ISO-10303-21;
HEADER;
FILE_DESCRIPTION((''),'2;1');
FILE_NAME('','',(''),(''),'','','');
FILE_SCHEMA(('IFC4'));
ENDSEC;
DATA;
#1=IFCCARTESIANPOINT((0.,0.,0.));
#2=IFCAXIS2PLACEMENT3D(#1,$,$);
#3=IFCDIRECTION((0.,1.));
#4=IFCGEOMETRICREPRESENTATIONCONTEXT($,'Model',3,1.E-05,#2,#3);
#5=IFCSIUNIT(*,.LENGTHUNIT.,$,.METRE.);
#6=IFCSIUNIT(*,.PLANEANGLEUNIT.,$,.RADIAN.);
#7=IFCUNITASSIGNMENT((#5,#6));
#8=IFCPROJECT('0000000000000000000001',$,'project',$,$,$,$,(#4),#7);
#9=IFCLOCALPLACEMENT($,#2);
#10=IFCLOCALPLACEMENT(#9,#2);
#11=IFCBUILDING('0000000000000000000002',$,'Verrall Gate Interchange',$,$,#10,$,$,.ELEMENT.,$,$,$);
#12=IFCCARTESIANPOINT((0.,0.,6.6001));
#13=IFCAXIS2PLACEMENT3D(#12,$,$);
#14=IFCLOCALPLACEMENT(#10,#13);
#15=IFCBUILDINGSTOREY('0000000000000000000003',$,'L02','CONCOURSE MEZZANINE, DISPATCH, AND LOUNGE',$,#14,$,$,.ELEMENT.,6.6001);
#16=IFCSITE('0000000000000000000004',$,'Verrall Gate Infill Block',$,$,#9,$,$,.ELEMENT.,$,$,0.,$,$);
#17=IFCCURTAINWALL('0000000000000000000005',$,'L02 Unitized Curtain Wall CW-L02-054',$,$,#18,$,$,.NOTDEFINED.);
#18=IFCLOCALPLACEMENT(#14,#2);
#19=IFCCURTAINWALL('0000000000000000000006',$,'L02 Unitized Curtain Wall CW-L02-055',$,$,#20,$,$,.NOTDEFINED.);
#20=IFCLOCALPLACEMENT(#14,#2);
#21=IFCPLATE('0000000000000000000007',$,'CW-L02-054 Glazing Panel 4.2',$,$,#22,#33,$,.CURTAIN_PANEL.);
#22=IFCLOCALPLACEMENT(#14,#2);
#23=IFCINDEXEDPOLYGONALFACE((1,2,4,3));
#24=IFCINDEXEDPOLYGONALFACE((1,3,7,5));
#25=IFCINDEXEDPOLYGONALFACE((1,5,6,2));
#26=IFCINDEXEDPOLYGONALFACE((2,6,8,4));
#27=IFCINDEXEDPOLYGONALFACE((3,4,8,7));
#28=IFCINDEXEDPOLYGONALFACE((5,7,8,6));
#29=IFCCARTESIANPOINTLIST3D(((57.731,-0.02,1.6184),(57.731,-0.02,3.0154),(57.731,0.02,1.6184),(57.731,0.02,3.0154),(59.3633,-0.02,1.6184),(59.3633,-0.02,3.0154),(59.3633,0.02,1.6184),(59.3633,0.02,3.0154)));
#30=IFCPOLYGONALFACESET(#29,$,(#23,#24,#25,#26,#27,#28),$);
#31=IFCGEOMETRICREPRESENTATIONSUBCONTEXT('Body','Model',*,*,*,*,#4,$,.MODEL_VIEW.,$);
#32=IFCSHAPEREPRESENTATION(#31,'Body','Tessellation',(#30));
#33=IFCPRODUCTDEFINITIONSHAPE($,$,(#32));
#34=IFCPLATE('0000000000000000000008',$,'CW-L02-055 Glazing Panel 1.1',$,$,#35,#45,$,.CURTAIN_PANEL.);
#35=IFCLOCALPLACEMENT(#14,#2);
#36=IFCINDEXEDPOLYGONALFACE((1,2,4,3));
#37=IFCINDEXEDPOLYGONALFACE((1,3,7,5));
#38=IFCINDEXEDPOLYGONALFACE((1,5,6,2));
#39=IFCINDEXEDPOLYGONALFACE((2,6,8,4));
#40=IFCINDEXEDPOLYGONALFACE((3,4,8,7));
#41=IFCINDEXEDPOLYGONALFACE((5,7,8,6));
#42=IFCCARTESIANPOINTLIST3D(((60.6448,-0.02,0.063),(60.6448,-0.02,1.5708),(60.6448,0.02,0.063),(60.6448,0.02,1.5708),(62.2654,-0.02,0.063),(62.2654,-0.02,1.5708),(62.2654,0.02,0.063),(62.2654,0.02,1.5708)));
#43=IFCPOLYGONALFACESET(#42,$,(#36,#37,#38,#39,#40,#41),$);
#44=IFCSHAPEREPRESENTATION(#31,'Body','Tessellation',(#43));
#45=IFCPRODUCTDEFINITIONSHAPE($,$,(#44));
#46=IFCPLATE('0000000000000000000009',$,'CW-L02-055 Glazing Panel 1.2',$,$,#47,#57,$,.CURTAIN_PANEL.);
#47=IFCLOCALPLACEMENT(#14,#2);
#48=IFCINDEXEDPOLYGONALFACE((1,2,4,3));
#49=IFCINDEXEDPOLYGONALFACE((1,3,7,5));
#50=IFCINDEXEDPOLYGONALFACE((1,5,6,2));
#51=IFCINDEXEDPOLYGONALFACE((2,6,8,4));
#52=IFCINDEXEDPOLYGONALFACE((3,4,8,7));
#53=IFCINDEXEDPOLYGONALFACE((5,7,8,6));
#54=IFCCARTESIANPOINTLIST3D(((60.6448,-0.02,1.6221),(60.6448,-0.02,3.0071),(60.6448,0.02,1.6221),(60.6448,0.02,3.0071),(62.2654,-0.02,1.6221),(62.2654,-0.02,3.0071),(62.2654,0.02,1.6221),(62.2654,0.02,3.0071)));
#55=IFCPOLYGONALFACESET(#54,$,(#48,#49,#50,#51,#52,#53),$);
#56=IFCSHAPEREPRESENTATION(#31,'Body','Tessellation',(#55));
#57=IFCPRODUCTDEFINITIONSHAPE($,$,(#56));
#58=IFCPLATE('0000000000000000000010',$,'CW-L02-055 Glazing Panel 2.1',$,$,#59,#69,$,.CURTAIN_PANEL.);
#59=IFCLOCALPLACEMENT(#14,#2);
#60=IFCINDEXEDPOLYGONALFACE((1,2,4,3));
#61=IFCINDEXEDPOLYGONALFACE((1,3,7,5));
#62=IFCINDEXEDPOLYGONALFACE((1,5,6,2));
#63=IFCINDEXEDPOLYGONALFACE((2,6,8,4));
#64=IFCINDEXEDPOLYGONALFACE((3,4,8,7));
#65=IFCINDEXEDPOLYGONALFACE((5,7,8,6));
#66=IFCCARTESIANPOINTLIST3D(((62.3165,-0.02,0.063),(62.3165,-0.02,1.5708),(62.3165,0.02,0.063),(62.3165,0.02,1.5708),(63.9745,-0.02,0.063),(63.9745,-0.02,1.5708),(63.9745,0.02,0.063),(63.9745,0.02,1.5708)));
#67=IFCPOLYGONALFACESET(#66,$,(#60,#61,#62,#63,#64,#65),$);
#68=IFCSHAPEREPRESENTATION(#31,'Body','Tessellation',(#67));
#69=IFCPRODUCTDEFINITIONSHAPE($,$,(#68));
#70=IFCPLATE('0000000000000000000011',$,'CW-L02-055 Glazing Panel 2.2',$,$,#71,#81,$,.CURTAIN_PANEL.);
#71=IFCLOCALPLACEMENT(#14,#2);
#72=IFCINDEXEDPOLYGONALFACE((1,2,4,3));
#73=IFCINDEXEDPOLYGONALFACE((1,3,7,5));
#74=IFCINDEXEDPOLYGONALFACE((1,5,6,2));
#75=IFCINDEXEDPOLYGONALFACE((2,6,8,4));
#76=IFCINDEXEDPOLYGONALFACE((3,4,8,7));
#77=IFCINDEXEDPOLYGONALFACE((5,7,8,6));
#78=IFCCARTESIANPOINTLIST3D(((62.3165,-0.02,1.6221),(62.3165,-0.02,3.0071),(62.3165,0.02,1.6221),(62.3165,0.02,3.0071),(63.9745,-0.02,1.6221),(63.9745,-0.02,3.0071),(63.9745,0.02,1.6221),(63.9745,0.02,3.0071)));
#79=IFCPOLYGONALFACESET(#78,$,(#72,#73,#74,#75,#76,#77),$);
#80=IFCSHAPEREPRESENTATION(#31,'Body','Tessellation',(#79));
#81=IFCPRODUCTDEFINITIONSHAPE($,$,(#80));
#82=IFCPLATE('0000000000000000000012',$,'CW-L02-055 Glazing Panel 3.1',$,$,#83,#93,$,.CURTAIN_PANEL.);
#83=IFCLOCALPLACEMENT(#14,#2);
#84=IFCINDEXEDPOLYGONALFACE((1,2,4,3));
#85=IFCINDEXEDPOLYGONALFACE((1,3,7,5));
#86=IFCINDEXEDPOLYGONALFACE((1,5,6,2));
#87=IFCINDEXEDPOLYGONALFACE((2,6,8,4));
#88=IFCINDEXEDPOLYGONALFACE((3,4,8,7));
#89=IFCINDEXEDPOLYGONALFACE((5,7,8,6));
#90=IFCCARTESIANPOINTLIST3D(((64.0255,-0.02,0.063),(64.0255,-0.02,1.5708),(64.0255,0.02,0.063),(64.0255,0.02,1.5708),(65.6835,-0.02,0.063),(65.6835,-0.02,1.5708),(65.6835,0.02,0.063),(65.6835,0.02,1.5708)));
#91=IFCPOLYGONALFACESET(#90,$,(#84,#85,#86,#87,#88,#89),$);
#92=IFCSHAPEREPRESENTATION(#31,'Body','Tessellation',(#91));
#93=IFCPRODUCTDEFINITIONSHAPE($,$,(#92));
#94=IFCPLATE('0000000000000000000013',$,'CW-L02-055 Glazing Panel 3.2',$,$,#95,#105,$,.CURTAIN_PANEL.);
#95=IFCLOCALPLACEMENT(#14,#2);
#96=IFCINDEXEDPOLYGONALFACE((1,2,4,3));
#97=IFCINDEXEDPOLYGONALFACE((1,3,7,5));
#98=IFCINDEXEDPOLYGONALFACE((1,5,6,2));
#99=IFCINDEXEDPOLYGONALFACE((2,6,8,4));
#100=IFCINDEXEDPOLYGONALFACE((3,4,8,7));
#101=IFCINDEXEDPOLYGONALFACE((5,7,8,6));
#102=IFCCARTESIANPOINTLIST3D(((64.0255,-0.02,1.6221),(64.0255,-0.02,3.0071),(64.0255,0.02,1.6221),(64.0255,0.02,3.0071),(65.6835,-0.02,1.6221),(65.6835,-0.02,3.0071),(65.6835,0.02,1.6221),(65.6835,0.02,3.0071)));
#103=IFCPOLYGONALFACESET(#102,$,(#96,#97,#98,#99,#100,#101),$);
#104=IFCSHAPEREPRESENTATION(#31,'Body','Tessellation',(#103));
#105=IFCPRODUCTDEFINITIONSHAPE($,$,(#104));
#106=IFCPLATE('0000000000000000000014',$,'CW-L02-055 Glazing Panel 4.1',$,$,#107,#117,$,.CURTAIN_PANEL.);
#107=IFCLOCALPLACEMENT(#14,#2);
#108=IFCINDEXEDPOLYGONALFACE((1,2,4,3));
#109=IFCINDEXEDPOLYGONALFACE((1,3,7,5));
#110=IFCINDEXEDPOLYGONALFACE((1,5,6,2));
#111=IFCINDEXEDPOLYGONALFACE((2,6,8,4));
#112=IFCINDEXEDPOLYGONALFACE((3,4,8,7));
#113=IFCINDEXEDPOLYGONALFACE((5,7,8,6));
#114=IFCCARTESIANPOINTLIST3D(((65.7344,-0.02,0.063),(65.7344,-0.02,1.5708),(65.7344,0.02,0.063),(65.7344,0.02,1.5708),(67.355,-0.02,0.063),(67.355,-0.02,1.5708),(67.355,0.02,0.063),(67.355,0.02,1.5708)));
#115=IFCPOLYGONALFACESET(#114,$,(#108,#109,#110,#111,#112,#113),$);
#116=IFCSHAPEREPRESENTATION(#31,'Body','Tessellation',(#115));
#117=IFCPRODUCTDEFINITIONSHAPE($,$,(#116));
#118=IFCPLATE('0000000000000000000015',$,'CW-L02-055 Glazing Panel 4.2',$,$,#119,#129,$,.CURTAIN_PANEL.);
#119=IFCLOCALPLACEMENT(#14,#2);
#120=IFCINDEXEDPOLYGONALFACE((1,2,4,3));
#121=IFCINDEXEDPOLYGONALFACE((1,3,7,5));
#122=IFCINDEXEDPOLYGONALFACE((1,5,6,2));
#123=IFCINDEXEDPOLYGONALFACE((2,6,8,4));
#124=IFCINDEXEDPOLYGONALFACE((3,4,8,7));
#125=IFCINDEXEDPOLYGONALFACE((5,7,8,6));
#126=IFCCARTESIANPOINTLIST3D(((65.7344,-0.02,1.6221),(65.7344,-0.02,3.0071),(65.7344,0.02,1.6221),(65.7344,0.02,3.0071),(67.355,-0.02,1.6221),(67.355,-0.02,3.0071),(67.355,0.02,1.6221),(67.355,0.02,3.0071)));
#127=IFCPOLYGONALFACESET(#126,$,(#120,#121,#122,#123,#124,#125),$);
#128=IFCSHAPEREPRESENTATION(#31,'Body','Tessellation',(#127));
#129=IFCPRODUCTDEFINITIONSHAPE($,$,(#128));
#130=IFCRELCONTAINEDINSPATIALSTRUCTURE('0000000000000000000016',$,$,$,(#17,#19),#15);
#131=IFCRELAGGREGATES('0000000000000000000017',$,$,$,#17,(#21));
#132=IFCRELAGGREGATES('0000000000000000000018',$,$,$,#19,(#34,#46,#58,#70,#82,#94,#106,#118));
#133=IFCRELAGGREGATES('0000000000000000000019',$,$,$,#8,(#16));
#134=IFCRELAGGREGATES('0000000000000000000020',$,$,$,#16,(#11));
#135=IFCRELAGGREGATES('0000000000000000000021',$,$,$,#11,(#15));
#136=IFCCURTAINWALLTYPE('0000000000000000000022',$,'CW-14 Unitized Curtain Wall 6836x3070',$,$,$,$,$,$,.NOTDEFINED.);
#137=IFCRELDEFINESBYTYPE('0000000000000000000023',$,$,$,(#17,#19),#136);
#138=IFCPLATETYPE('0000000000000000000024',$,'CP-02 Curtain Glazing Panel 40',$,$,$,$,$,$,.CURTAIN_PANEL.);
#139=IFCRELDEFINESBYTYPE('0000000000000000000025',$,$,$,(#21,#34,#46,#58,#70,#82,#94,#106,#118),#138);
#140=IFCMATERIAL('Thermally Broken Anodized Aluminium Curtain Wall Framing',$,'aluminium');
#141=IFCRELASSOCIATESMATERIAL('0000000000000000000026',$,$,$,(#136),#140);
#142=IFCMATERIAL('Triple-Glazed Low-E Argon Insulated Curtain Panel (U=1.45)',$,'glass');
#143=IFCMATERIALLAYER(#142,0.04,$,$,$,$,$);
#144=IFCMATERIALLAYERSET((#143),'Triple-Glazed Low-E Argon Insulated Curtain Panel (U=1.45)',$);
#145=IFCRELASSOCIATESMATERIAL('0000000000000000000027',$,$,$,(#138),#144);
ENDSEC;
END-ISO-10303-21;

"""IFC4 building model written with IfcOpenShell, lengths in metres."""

from ifc_helpers import new_model, si_unit, direction, frame, origin, origin_2d, place, context, subcontext, project, spatial, rectangle, extrude, material, layer, layer_set, type_object, element, aggregate, save


model = new_model("IFC4")

# Units and contexts
model_context = context("Model", 3, precision=1e-05, world=origin(), true_north=direction((0.0, 1.0)))
body_context = subcontext(model_context, "Body", "Model", "MODEL_VIEW")
ifc_project = project(units=[si_unit("LENGTHUNIT", "METRE"), si_unit("PLANEANGLEUNIT", "RADIAN")], contexts=[model_context])

# Site, building, storey
site_placement = place(None, origin())
site = spatial("IfcSite", under=ifc_project, at=site_placement, Name="Verrall Gate Infill Block", CompositionType="ELEMENT", RefElevation=0.0)
building_placement = place(site_placement, origin())
building = spatial("IfcBuilding", under=site, at=building_placement, Name="Verrall Gate Interchange", CompositionType="ELEMENT")
storey_placement = place(building_placement, frame((0.0, 0.0, 6.6001)))
storey = spatial("IfcBuildingStorey", under=building, at=storey_placement, Name="L02", Description="CONCOURSE MEZZANINE, DISPATCH, AND LOUNGE", CompositionType="ELEMENT", Elevation=6.6001)

# Curtain walls
ifc_material_1 = material(Name="Thermally Broken Anodized Aluminium Curtain Wall Framing", Category="aluminium")
curtain_wall_type = type_object("IfcCurtainWallType", Name="CW-14 Unitized Curtain Wall 6836x3070", PredefinedType="NOTDEFINED", material=ifc_material_1)
curtain_wall_1_placement = place(storey_placement, origin())
curtain_wall_1 = element("IfcCurtainWall", 1, at=curtain_wall_1_placement, inside=storey, type_object=curtain_wall_type, Name="L02 Unitized Curtain Wall CW-L02-054", PredefinedType="NOTDEFINED")
curtain_wall_2_placement = place(storey_placement, origin())
curtain_wall_2 = element("IfcCurtainWall", 2, at=curtain_wall_2_placement, inside=storey, type_object=curtain_wall_type, Name="L02 Unitized Curtain Wall CW-L02-055", PredefinedType="NOTDEFINED")

# Plates
ifc_material_2 = material(Name="Triple-Glazed Low-E Argon Insulated Curtain Panel (U=1.45)", Category="glass")
ifc_layer_1 = layer(ifc_material_2, 0.04)
ifc_layer_set_1 = layer_set([ifc_layer_1], Name="Triple-Glazed Low-E Argon Insulated Curtain Panel (U=1.45)")
plate_type_1 = type_object("IfcPlateType", Name="CP-02 Curtain Glazing Panel 40", PredefinedType="CURTAIN_PANEL", material=ifc_layer_set_1)
plate_1_placement = place(storey_placement, frame((58.5471, 0.0, 1.6184), z_axis=(0.0, 0.0, 1.0), x_axis=(1.0, 0.0, 0.0)))
plate_1 = element("IfcPlate", 3, at=plate_1_placement, type_object=plate_type_1, Name="CW-L02-054 Glazing Panel 4.2", PredefinedType="CURTAIN_PANEL", context=body_context, shape_type="SweptSolid", body=[
    extrude(rectangle(XDim=1.6323, YDim=0.04, at=origin_2d()), origin(), (0.0, 0.0, 1.0), 1.397),
])
aggregate(curtain_wall_1, [plate_1])
plate_2_placement = place(storey_placement, frame((61.4551, 0.0, 0.063), z_axis=(0.0, 0.0, 1.0), x_axis=(1.0, 0.0, 0.0)))
plate_2 = element("IfcPlate", 4, at=plate_2_placement, type_object=plate_type_1, Name="CW-L02-055 Glazing Panel 1.1", PredefinedType="CURTAIN_PANEL", context=body_context, shape_type="SweptSolid", body=[
    extrude(rectangle(XDim=1.6206, YDim=0.04, at=origin_2d()), origin(), (0.0, 0.0, 1.0), 1.5078),
])
plate_3_placement = place(storey_placement, frame((61.4551, 0.0, 1.6221), z_axis=(0.0, 0.0, 1.0), x_axis=(1.0, 0.0, 0.0)))
plate_3 = element("IfcPlate", 5, at=plate_3_placement, type_object=plate_type_1, Name="CW-L02-055 Glazing Panel 1.2", PredefinedType="CURTAIN_PANEL", context=body_context, shape_type="SweptSolid", body=[
    extrude(rectangle(XDim=1.6206, YDim=0.04, at=origin_2d()), origin(), (0.0, 0.0, 1.0), 1.385),
])
plate_4_placement = place(storey_placement, frame((63.1455, 0.0, 0.063), z_axis=(0.0, 0.0, 1.0), x_axis=(1.0, 0.0, 0.0)))
plate_4 = element("IfcPlate", 6, at=plate_4_placement, type_object=plate_type_1, Name="CW-L02-055 Glazing Panel 2.1", PredefinedType="CURTAIN_PANEL", context=body_context, shape_type="SweptSolid", body=[
    extrude(rectangle(XDim=1.658, YDim=0.04, at=origin_2d()), origin(), (0.0, 0.0, 1.0), 1.5078),
])
plate_5_placement = place(storey_placement, frame((63.1455, 0.0, 1.6221), z_axis=(0.0, 0.0, 1.0), x_axis=(1.0, 0.0, 0.0)))
plate_5 = element("IfcPlate", 7, at=plate_5_placement, type_object=plate_type_1, Name="CW-L02-055 Glazing Panel 2.2", PredefinedType="CURTAIN_PANEL", context=body_context, shape_type="SweptSolid", body=[
    extrude(rectangle(XDim=1.658, YDim=0.04, at=origin_2d()), origin(), (0.0, 0.0, 1.0), 1.385),
])
plate_6_placement = place(storey_placement, frame((64.8545, 0.0, 0.063), z_axis=(0.0, 0.0, 1.0), x_axis=(1.0, 0.0, 0.0)))
plate_6 = element("IfcPlate", 8, at=plate_6_placement, type_object=plate_type_1, Name="CW-L02-055 Glazing Panel 3.1", PredefinedType="CURTAIN_PANEL", context=body_context, shape_type="SweptSolid", body=[
    extrude(rectangle(XDim=1.658, YDim=0.04, at=origin_2d()), origin(), (0.0, 0.0, 1.0), 1.5078),
])
plate_7_placement = place(storey_placement, frame((64.8545, 0.0, 1.6221), z_axis=(0.0, 0.0, 1.0), x_axis=(1.0, 0.0, 0.0)))
plate_7 = element("IfcPlate", 9, at=plate_7_placement, type_object=plate_type_1, Name="CW-L02-055 Glazing Panel 3.2", PredefinedType="CURTAIN_PANEL", context=body_context, shape_type="SweptSolid", body=[
    extrude(rectangle(XDim=1.658, YDim=0.04, at=origin_2d()), origin(), (0.0, 0.0, 1.0), 1.385),
])
plate_8_placement = place(storey_placement, frame((66.5447, 0.0, 0.063), z_axis=(0.0, 0.0, 1.0), x_axis=(1.0, 0.0, 0.0)))
plate_8 = element("IfcPlate", 10, at=plate_8_placement, type_object=plate_type_1, Name="CW-L02-055 Glazing Panel 4.1", PredefinedType="CURTAIN_PANEL", context=body_context, shape_type="SweptSolid", body=[
    extrude(rectangle(XDim=1.6206, YDim=0.04, at=origin_2d()), origin(), (0.0, 0.0, 1.0), 1.5078),
])
plate_9_placement = place(storey_placement, frame((66.5447, 0.0, 1.6221), z_axis=(0.0, 0.0, 1.0), x_axis=(1.0, 0.0, 0.0)))
plate_9 = element("IfcPlate", 11, at=plate_9_placement, type_object=plate_type_1, Name="CW-L02-055 Glazing Panel 4.2", PredefinedType="CURTAIN_PANEL", context=body_context, shape_type="SweptSolid", body=[
    extrude(rectangle(XDim=1.6206, YDim=0.04, at=origin_2d()), origin(), (0.0, 0.0, 1.0), 1.385),
])
aggregate(curtain_wall_2, [plate_2, plate_3, plate_4, plate_5, plate_6, plate_7, plate_8, plate_9])

save(model, "model.ifc")
